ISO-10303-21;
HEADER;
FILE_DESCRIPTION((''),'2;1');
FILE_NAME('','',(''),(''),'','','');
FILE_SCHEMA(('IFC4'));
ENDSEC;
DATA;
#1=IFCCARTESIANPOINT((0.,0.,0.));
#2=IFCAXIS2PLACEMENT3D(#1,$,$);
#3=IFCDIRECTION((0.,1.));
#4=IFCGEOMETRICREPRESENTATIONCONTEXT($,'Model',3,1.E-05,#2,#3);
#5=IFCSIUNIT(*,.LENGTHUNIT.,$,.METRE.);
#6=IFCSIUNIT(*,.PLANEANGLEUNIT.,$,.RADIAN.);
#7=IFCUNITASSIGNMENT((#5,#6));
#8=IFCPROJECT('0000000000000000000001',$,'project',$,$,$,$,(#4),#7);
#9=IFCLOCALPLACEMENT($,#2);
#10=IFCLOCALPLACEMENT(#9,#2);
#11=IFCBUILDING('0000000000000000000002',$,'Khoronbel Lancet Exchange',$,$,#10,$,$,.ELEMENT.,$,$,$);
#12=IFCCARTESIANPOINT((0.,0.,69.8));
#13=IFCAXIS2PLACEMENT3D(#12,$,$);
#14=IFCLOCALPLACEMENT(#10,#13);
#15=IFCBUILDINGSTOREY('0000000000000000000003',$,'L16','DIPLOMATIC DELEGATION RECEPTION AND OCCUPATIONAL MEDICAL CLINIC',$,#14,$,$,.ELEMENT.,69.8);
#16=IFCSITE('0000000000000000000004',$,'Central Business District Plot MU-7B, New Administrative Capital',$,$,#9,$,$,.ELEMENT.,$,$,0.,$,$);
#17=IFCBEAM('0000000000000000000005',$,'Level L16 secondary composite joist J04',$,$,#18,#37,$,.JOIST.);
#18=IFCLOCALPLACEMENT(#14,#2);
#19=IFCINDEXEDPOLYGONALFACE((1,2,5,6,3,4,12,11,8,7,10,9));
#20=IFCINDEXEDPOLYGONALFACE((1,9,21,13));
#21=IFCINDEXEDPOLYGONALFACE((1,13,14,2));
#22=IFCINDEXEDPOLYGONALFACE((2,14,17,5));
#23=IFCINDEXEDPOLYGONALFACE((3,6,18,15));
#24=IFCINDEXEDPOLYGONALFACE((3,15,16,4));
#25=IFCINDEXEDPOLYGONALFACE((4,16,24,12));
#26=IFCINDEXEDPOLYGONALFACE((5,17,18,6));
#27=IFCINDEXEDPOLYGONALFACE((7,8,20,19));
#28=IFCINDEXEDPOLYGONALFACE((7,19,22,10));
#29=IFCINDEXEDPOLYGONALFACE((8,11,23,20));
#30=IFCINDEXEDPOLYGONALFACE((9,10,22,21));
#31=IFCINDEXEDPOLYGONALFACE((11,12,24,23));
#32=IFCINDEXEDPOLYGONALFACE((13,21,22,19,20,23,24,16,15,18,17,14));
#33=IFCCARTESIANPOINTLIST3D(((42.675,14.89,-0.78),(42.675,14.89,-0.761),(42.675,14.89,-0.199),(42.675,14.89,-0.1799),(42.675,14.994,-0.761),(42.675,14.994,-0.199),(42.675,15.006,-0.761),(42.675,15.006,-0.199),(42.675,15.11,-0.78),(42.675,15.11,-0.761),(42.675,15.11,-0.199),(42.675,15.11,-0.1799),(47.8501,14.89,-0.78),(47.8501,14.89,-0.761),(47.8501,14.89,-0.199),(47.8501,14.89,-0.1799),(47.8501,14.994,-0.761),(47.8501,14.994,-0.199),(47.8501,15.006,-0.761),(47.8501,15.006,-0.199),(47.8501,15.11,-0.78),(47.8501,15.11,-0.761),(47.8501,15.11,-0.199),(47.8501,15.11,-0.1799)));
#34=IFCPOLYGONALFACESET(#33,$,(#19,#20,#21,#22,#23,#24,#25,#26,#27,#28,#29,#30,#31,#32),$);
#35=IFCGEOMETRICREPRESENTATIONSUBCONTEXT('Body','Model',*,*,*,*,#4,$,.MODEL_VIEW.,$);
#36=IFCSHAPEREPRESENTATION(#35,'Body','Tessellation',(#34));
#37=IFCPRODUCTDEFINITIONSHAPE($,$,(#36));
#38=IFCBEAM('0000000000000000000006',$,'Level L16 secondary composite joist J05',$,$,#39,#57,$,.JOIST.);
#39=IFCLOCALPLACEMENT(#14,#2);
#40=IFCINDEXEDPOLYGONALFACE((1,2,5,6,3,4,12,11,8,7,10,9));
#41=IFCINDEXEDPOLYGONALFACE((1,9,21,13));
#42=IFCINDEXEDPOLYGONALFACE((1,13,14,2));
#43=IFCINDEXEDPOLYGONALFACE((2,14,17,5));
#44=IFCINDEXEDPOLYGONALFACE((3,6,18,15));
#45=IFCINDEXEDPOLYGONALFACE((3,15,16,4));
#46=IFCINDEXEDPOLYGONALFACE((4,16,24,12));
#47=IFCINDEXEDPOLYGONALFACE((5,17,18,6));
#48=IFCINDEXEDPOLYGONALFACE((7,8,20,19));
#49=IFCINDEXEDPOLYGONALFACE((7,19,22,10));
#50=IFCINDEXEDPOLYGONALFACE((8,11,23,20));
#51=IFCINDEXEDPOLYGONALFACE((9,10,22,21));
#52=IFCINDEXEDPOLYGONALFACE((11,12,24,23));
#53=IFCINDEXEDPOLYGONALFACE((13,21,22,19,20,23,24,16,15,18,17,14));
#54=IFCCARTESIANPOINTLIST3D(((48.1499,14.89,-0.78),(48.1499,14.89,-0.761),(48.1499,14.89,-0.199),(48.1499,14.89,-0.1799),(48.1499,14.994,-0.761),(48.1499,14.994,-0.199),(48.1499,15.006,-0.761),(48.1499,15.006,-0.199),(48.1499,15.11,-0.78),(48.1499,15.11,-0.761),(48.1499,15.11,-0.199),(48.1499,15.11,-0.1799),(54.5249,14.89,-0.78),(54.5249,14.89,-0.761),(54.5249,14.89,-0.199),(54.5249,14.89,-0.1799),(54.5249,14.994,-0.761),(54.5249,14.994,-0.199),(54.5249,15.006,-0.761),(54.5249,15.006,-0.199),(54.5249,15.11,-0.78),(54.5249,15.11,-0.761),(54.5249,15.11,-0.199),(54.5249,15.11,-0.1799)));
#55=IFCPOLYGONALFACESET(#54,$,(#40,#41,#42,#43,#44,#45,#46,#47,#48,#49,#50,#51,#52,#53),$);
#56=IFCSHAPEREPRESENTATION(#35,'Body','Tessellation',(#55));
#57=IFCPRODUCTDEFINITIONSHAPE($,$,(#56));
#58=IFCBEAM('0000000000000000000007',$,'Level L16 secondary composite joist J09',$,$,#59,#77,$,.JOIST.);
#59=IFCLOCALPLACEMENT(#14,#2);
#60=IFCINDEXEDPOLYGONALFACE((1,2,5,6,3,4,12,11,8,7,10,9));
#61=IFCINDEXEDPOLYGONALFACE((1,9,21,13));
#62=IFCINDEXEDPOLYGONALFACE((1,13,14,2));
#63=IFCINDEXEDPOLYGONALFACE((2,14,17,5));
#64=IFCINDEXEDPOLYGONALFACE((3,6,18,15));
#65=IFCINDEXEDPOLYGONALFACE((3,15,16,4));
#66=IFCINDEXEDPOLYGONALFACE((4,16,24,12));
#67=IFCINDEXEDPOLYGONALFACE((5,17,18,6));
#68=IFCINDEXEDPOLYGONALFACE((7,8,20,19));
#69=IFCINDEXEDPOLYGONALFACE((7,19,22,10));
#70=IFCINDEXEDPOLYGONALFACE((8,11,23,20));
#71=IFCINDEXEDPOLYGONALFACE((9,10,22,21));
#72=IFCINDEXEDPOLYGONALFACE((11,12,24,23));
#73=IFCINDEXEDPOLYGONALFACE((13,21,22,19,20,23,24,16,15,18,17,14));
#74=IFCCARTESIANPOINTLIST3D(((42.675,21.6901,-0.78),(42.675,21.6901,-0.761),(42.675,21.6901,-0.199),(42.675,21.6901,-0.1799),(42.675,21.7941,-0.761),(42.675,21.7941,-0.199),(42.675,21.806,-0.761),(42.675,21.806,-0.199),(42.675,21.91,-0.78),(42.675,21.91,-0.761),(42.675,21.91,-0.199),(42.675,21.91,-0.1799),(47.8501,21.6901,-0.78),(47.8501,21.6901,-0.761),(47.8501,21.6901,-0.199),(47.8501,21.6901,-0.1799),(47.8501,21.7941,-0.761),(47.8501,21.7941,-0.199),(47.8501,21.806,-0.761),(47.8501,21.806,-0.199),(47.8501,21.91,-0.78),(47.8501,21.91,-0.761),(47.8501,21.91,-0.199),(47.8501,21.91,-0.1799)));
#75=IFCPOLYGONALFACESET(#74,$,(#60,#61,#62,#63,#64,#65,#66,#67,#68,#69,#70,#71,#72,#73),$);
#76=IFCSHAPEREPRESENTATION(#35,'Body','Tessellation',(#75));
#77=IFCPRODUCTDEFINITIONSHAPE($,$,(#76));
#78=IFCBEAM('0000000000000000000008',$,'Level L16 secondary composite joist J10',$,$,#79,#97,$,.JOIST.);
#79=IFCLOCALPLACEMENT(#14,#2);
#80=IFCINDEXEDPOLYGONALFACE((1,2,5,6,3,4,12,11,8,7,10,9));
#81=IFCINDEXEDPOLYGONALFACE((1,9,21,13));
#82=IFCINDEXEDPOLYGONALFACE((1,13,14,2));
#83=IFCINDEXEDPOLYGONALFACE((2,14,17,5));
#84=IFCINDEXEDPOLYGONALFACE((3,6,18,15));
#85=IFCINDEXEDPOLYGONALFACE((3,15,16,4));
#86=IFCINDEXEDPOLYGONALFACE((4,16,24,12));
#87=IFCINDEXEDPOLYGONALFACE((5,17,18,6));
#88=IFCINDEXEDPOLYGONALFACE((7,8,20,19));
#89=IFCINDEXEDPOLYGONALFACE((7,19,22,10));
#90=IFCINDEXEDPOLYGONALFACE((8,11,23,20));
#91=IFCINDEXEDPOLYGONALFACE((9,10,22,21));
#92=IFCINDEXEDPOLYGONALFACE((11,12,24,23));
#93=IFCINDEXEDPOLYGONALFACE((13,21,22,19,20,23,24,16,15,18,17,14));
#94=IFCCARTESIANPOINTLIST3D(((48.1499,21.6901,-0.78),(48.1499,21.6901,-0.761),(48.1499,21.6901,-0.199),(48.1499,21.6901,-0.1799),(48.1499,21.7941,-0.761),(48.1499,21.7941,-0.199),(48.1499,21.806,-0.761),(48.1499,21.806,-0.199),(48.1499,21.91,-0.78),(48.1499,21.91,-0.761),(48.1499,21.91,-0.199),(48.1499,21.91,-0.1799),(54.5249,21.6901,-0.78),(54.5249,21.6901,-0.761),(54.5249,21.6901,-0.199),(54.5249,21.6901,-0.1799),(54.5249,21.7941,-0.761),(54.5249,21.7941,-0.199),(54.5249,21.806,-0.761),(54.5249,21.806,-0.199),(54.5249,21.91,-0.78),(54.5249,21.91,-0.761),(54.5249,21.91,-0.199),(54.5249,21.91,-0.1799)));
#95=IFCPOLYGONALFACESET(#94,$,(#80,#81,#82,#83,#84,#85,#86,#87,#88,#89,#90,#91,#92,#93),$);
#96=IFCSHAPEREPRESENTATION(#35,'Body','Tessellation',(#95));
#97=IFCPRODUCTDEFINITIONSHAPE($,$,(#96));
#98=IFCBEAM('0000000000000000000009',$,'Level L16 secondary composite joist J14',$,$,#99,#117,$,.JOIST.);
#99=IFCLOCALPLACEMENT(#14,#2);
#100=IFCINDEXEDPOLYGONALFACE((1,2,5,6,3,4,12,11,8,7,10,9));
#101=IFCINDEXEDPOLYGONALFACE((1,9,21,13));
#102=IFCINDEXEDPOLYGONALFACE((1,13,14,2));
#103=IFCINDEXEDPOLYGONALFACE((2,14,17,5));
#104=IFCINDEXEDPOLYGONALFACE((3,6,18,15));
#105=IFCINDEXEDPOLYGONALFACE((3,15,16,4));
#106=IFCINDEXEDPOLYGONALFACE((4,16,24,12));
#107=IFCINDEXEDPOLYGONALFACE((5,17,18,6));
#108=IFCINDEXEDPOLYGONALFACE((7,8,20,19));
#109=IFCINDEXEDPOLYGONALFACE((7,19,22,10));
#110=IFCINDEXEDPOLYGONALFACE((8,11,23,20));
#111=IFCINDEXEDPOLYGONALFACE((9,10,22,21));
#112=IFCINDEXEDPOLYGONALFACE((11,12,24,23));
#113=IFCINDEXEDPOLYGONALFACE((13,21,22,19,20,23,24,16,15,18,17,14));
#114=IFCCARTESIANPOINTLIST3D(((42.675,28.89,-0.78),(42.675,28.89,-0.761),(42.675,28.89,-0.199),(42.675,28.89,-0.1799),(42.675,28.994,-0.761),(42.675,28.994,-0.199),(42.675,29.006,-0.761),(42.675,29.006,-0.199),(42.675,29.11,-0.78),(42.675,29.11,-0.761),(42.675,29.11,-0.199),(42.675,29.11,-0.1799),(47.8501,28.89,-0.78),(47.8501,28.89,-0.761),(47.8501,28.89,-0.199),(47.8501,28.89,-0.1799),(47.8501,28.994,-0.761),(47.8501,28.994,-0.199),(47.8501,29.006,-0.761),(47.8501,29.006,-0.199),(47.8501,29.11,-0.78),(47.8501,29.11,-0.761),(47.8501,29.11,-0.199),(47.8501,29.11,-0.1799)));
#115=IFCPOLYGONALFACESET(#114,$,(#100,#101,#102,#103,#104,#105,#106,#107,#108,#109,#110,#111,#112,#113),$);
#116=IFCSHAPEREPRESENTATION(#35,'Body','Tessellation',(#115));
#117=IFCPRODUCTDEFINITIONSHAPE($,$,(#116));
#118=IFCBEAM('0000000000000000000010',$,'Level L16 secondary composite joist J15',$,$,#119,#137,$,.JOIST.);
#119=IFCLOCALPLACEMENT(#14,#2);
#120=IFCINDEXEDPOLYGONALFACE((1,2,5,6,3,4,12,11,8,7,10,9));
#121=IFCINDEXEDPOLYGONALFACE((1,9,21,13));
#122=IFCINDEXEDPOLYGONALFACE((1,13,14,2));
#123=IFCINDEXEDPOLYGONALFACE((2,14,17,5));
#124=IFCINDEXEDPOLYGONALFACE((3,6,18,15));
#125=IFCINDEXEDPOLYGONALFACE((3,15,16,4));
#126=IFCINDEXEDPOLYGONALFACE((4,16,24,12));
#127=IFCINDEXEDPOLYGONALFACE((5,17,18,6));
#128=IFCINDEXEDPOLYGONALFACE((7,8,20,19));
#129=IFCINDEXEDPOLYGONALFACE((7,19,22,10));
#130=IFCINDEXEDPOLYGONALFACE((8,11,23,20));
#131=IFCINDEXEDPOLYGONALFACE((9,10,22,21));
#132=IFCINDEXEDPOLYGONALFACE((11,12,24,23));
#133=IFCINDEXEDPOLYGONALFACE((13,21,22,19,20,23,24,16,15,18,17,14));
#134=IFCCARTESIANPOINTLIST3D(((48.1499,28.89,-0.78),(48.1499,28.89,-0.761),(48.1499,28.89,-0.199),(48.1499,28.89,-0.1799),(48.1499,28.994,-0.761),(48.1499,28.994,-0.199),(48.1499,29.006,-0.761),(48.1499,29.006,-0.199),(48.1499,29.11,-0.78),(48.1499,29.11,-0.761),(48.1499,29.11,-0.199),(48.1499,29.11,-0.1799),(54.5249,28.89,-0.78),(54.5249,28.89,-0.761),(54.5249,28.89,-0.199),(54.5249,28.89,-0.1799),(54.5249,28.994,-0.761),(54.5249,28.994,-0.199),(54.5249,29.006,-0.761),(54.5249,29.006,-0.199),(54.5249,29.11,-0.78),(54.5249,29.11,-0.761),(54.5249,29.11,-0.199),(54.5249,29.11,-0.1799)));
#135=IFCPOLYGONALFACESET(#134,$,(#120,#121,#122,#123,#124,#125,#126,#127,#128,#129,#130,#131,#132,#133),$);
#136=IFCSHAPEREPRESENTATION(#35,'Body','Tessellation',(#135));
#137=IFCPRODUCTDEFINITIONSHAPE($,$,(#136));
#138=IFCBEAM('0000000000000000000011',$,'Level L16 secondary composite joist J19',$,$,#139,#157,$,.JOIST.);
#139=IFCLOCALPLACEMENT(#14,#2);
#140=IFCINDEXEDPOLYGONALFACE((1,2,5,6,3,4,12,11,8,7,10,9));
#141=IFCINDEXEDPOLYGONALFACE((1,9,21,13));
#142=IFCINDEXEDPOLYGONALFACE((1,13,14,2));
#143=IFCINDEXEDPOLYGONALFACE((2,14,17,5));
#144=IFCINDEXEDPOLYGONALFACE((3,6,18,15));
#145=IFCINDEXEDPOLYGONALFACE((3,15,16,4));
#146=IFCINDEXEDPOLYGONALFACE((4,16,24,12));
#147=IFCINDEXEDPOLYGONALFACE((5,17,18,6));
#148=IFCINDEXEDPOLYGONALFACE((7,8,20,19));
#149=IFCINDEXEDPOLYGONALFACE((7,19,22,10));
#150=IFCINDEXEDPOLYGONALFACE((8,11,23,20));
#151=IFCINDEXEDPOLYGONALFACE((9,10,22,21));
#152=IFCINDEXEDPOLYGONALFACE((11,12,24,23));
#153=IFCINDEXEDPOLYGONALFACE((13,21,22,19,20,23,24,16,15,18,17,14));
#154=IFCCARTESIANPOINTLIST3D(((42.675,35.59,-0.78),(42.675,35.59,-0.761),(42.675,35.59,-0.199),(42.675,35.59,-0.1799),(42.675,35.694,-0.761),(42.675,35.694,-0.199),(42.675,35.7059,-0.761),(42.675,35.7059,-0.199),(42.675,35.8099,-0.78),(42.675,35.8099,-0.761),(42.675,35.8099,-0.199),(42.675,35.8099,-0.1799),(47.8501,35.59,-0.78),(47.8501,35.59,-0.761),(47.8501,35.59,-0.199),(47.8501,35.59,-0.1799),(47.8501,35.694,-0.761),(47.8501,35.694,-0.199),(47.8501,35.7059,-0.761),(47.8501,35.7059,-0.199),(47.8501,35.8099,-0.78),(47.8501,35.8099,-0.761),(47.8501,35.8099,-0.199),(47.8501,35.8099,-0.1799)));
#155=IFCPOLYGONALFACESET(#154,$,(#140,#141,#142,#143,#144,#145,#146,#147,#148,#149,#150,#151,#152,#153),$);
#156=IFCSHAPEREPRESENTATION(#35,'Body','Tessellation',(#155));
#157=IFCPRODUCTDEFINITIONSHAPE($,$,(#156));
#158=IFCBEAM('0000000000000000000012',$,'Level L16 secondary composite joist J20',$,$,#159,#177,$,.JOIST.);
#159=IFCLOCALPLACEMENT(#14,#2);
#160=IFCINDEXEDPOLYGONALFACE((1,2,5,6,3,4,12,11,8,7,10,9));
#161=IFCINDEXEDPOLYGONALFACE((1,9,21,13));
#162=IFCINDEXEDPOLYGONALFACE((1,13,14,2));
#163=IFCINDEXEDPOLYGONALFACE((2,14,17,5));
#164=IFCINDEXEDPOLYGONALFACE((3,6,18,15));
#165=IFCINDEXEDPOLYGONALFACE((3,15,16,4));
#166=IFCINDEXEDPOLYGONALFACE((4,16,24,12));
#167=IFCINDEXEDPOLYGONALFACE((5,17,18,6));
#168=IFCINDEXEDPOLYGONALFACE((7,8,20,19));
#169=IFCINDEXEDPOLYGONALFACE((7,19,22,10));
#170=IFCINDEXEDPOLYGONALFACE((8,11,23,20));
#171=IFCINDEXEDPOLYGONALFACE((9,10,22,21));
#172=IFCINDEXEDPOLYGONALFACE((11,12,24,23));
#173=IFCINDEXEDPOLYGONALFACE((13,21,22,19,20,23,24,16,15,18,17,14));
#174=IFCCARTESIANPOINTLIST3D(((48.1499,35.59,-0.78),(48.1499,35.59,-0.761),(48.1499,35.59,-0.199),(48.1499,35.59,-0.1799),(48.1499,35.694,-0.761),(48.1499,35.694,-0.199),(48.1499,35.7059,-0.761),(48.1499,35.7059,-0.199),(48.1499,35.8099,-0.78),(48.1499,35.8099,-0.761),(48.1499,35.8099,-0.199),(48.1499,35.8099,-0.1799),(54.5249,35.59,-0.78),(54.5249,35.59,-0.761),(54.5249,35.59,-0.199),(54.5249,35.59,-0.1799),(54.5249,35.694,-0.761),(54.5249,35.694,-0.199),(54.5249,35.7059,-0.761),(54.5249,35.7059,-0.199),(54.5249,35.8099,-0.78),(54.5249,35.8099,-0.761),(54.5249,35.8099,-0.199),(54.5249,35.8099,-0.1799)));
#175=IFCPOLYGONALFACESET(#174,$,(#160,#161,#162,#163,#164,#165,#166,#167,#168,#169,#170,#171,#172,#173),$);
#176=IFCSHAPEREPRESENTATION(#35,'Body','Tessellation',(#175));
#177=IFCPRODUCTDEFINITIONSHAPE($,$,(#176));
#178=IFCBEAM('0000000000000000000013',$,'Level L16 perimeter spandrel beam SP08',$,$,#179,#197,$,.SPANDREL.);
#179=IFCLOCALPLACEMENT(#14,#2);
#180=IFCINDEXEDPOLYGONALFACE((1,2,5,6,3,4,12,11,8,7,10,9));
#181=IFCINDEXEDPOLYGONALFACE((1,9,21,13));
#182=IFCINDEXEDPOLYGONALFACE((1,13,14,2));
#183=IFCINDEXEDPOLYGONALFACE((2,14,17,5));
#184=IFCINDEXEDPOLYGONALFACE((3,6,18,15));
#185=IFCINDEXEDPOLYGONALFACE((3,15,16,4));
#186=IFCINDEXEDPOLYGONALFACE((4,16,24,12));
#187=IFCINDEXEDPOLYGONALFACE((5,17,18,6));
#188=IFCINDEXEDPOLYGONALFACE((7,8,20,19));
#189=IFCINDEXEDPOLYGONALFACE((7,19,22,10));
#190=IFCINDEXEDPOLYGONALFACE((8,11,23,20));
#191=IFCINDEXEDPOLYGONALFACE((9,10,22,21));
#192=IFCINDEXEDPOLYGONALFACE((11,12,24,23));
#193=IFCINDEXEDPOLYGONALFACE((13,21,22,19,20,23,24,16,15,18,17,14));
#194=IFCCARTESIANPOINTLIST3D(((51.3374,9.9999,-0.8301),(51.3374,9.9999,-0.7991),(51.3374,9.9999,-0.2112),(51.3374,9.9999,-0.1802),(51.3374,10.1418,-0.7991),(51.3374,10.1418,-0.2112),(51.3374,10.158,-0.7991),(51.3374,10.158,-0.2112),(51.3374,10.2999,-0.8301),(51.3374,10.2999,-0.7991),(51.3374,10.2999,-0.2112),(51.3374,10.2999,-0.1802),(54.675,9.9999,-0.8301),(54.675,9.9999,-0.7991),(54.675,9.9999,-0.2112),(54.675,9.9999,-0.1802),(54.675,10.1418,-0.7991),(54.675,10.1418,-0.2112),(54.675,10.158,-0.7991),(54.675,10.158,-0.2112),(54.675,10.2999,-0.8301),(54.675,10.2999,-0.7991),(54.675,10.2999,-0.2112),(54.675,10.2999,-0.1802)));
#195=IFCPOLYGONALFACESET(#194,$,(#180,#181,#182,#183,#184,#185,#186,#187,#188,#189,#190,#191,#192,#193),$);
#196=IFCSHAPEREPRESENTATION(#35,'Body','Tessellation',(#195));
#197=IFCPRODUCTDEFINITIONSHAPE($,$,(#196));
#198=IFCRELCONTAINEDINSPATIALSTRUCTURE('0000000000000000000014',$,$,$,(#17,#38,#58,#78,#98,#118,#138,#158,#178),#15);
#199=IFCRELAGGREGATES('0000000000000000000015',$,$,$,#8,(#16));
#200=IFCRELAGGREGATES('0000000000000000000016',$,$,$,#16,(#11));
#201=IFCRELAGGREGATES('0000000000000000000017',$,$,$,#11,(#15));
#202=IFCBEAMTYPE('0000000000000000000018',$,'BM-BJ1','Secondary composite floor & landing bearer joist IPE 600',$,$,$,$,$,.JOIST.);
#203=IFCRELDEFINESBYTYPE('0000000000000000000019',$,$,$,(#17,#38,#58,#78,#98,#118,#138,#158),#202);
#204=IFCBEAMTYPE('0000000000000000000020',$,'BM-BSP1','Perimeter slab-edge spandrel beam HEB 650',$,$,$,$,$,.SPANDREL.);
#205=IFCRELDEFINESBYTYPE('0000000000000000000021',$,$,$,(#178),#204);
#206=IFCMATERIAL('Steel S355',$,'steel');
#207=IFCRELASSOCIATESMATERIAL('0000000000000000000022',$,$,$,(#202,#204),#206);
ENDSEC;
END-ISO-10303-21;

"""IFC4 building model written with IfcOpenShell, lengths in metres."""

from ifc_helpers import new_model, si_unit, direction, frame, origin, origin_2d, place, context, subcontext, project, spatial, i_section, extrude, material, material_profile, profile_set, type_object, element, save


model = new_model("IFC4")

# Units and contexts
model_context = context("Model", 3, precision=1e-05, world=origin(), true_north=direction((0.0, 1.0)))
body_context = subcontext(model_context, "Body", "Model", "MODEL_VIEW")
ifc_project = project(units=[si_unit("LENGTHUNIT", "METRE"), si_unit("PLANEANGLEUNIT", "RADIAN")], contexts=[model_context])

# Site, building, storey
site_placement = place(None, origin())
site = spatial("IfcSite", under=ifc_project, at=site_placement, Name="Central Business District Plot MU-7B, New Administrative Capital", CompositionType="ELEMENT", RefElevation=0.0)
building_placement = place(site_placement, origin())
building = spatial("IfcBuilding", under=site, at=building_placement, Name="Khoronbel Lancet Exchange", CompositionType="ELEMENT")
storey_placement = place(building_placement, frame((0.0, 0.0, 69.8)))
storey = spatial("IfcBuildingStorey", under=building, at=storey_placement, Name="L16", Description="DIPLOMATIC DELEGATION RECEPTION AND OCCUPATIONAL MEDICAL CLINIC", CompositionType="ELEMENT", Elevation=69.8)

# Beams
ifc_material_1 = material(Name="Steel S355", Category="steel")
ifc_material_profile_1 = material_profile(ifc_material_1, i_section(OverallWidth=0.22, OverallDepth=0.6001, WebThickness=0.012, FlangeThickness=0.019, at=origin_2d()), Name="IPE 600")
ifc_profile_set_1 = profile_set([ifc_material_profile_1], Name="Steel S355")
beam_type_1 = type_object("IfcBeamType", Name="BM-BJ1", Description="Secondary composite floor & landing bearer joist IPE 600", PredefinedType="JOIST", material=ifc_profile_set_1)
beam_1_placement = place(storey_placement, frame((42.675, 15.0, -0.48), z_axis=(1.0, 0.0, 0.0), x_axis=(0.0, 1.0, 0.0)))
element("IfcBeam", 1, at=beam_1_placement, inside=storey, type_object=beam_type_1, Name="Level L16 secondary composite joist J04", PredefinedType="JOIST", context=body_context, shape_type="SweptSolid", body=[
    extrude(i_section(OverallWidth=0.22, OverallDepth=0.6001, WebThickness=0.012, FlangeThickness=0.019, at=origin_2d()), origin(), (0.0, 0.0, 1.0), 5.175),
])
beam_2_placement = place(storey_placement, frame((48.1499, 15.0, -0.48), z_axis=(1.0, 0.0, 0.0), x_axis=(0.0, 1.0, 0.0)))
element("IfcBeam", 2, at=beam_2_placement, inside=storey, type_object=beam_type_1, Name="Level L16 secondary composite joist J05", PredefinedType="JOIST", context=body_context, shape_type="SweptSolid", body=[
    extrude(i_section(OverallWidth=0.22, OverallDepth=0.6001, WebThickness=0.012, FlangeThickness=0.019, at=origin_2d()), origin(), (0.0, 0.0, 1.0), 6.375),
])
beam_3_placement = place(storey_placement, frame((42.675, 21.8, -0.48), z_axis=(1.0, 0.0, 0.0), x_axis=(0.0, 1.0, 0.0)))
element("IfcBeam", 3, at=beam_3_placement, inside=storey, type_object=beam_type_1, Name="Level L16 secondary composite joist J09", PredefinedType="JOIST", context=body_context, shape_type="SweptSolid", body=[
    extrude(i_section(OverallWidth=0.22, OverallDepth=0.6001, WebThickness=0.012, FlangeThickness=0.019, at=origin_2d()), origin(), (0.0, 0.0, 1.0), 5.175),
])
beam_4_placement = place(storey_placement, frame((48.1499, 21.8, -0.48), z_axis=(1.0, 0.0, 0.0), x_axis=(0.0, 1.0, 0.0)))
element("IfcBeam", 4, at=beam_4_placement, inside=storey, type_object=beam_type_1, Name="Level L16 secondary composite joist J10", PredefinedType="JOIST", context=body_context, shape_type="SweptSolid", body=[
    extrude(i_section(OverallWidth=0.22, OverallDepth=0.6001, WebThickness=0.012, FlangeThickness=0.019, at=origin_2d()), origin(), (0.0, 0.0, 1.0), 6.375),
])
beam_5_placement = place(storey_placement, frame((42.675, 29.0, -0.48), z_axis=(1.0, 0.0, 0.0), x_axis=(0.0, 1.0, 0.0)))
element("IfcBeam", 5, at=beam_5_placement, inside=storey, type_object=beam_type_1, Name="Level L16 secondary composite joist J14", PredefinedType="JOIST", context=body_context, shape_type="SweptSolid", body=[
    extrude(i_section(OverallWidth=0.22, OverallDepth=0.6001, WebThickness=0.012, FlangeThickness=0.019, at=origin_2d()), origin(), (0.0, 0.0, 1.0), 5.175),
])
beam_6_placement = place(storey_placement, frame((48.1499, 29.0, -0.48), z_axis=(1.0, 0.0, 0.0), x_axis=(0.0, 1.0, 0.0)))
element("IfcBeam", 6, at=beam_6_placement, inside=storey, type_object=beam_type_1, Name="Level L16 secondary composite joist J15", PredefinedType="JOIST", context=body_context, shape_type="SweptSolid", body=[
    extrude(i_section(OverallWidth=0.22, OverallDepth=0.6001, WebThickness=0.012, FlangeThickness=0.019, at=origin_2d()), origin(), (0.0, 0.0, 1.0), 6.375),
])
beam_7_placement = place(storey_placement, frame((42.675, 35.7, -0.48), z_axis=(1.0, 0.0, 0.0), x_axis=(0.0, 1.0, 0.0)))
element("IfcBeam", 7, at=beam_7_placement, inside=storey, type_object=beam_type_1, Name="Level L16 secondary composite joist J19", PredefinedType="JOIST", context=body_context, shape_type="SweptSolid", body=[
    extrude(i_section(OverallWidth=0.22, OverallDepth=0.6001, WebThickness=0.012, FlangeThickness=0.019, at=origin_2d()), origin(), (0.0, 0.0, 1.0), 5.175),
])
beam_8_placement = place(storey_placement, frame((48.1499, 35.7, -0.48), z_axis=(1.0, 0.0, 0.0), x_axis=(0.0, 1.0, 0.0)))
element("IfcBeam", 8, at=beam_8_placement, inside=storey, type_object=beam_type_1, Name="Level L16 secondary composite joist J20", PredefinedType="JOIST", context=body_context, shape_type="SweptSolid", body=[
    extrude(i_section(OverallWidth=0.22, OverallDepth=0.6001, WebThickness=0.012, FlangeThickness=0.019, at=origin_2d()), origin(), (0.0, 0.0, 1.0), 6.375),
])
ifc_material_profile_2 = material_profile(ifc_material_1, i_section(OverallWidth=0.3, OverallDepth=0.6499, WebThickness=0.0161, FlangeThickness=0.031, at=origin_2d()), Name="HEB 650")
ifc_profile_set_2 = profile_set([ifc_material_profile_2], Name="Steel S355")
beam_type_2 = type_object("IfcBeamType", Name="BM-BSP1", Description="Perimeter slab-edge spandrel beam HEB 650", PredefinedType="SPANDREL", material=ifc_profile_set_2)
beam_9_placement = place(storey_placement, frame((51.3374, 10.1499, -0.5051), z_axis=(1.0, 0.0, 0.0), x_axis=(0.0, 1.0, 0.0)))
element("IfcBeam", 9, at=beam_9_placement, inside=storey, type_object=beam_type_2, Name="Level L16 perimeter spandrel beam SP08", PredefinedType="SPANDREL", context=body_context, shape_type="SweptSolid", body=[
    extrude(i_section(OverallWidth=0.3, OverallDepth=0.6499, WebThickness=0.0161, FlangeThickness=0.031, at=origin_2d()), origin(), (0.0, 0.0, 1.0), 3.3376),
])

save(model, "model.ifc")
